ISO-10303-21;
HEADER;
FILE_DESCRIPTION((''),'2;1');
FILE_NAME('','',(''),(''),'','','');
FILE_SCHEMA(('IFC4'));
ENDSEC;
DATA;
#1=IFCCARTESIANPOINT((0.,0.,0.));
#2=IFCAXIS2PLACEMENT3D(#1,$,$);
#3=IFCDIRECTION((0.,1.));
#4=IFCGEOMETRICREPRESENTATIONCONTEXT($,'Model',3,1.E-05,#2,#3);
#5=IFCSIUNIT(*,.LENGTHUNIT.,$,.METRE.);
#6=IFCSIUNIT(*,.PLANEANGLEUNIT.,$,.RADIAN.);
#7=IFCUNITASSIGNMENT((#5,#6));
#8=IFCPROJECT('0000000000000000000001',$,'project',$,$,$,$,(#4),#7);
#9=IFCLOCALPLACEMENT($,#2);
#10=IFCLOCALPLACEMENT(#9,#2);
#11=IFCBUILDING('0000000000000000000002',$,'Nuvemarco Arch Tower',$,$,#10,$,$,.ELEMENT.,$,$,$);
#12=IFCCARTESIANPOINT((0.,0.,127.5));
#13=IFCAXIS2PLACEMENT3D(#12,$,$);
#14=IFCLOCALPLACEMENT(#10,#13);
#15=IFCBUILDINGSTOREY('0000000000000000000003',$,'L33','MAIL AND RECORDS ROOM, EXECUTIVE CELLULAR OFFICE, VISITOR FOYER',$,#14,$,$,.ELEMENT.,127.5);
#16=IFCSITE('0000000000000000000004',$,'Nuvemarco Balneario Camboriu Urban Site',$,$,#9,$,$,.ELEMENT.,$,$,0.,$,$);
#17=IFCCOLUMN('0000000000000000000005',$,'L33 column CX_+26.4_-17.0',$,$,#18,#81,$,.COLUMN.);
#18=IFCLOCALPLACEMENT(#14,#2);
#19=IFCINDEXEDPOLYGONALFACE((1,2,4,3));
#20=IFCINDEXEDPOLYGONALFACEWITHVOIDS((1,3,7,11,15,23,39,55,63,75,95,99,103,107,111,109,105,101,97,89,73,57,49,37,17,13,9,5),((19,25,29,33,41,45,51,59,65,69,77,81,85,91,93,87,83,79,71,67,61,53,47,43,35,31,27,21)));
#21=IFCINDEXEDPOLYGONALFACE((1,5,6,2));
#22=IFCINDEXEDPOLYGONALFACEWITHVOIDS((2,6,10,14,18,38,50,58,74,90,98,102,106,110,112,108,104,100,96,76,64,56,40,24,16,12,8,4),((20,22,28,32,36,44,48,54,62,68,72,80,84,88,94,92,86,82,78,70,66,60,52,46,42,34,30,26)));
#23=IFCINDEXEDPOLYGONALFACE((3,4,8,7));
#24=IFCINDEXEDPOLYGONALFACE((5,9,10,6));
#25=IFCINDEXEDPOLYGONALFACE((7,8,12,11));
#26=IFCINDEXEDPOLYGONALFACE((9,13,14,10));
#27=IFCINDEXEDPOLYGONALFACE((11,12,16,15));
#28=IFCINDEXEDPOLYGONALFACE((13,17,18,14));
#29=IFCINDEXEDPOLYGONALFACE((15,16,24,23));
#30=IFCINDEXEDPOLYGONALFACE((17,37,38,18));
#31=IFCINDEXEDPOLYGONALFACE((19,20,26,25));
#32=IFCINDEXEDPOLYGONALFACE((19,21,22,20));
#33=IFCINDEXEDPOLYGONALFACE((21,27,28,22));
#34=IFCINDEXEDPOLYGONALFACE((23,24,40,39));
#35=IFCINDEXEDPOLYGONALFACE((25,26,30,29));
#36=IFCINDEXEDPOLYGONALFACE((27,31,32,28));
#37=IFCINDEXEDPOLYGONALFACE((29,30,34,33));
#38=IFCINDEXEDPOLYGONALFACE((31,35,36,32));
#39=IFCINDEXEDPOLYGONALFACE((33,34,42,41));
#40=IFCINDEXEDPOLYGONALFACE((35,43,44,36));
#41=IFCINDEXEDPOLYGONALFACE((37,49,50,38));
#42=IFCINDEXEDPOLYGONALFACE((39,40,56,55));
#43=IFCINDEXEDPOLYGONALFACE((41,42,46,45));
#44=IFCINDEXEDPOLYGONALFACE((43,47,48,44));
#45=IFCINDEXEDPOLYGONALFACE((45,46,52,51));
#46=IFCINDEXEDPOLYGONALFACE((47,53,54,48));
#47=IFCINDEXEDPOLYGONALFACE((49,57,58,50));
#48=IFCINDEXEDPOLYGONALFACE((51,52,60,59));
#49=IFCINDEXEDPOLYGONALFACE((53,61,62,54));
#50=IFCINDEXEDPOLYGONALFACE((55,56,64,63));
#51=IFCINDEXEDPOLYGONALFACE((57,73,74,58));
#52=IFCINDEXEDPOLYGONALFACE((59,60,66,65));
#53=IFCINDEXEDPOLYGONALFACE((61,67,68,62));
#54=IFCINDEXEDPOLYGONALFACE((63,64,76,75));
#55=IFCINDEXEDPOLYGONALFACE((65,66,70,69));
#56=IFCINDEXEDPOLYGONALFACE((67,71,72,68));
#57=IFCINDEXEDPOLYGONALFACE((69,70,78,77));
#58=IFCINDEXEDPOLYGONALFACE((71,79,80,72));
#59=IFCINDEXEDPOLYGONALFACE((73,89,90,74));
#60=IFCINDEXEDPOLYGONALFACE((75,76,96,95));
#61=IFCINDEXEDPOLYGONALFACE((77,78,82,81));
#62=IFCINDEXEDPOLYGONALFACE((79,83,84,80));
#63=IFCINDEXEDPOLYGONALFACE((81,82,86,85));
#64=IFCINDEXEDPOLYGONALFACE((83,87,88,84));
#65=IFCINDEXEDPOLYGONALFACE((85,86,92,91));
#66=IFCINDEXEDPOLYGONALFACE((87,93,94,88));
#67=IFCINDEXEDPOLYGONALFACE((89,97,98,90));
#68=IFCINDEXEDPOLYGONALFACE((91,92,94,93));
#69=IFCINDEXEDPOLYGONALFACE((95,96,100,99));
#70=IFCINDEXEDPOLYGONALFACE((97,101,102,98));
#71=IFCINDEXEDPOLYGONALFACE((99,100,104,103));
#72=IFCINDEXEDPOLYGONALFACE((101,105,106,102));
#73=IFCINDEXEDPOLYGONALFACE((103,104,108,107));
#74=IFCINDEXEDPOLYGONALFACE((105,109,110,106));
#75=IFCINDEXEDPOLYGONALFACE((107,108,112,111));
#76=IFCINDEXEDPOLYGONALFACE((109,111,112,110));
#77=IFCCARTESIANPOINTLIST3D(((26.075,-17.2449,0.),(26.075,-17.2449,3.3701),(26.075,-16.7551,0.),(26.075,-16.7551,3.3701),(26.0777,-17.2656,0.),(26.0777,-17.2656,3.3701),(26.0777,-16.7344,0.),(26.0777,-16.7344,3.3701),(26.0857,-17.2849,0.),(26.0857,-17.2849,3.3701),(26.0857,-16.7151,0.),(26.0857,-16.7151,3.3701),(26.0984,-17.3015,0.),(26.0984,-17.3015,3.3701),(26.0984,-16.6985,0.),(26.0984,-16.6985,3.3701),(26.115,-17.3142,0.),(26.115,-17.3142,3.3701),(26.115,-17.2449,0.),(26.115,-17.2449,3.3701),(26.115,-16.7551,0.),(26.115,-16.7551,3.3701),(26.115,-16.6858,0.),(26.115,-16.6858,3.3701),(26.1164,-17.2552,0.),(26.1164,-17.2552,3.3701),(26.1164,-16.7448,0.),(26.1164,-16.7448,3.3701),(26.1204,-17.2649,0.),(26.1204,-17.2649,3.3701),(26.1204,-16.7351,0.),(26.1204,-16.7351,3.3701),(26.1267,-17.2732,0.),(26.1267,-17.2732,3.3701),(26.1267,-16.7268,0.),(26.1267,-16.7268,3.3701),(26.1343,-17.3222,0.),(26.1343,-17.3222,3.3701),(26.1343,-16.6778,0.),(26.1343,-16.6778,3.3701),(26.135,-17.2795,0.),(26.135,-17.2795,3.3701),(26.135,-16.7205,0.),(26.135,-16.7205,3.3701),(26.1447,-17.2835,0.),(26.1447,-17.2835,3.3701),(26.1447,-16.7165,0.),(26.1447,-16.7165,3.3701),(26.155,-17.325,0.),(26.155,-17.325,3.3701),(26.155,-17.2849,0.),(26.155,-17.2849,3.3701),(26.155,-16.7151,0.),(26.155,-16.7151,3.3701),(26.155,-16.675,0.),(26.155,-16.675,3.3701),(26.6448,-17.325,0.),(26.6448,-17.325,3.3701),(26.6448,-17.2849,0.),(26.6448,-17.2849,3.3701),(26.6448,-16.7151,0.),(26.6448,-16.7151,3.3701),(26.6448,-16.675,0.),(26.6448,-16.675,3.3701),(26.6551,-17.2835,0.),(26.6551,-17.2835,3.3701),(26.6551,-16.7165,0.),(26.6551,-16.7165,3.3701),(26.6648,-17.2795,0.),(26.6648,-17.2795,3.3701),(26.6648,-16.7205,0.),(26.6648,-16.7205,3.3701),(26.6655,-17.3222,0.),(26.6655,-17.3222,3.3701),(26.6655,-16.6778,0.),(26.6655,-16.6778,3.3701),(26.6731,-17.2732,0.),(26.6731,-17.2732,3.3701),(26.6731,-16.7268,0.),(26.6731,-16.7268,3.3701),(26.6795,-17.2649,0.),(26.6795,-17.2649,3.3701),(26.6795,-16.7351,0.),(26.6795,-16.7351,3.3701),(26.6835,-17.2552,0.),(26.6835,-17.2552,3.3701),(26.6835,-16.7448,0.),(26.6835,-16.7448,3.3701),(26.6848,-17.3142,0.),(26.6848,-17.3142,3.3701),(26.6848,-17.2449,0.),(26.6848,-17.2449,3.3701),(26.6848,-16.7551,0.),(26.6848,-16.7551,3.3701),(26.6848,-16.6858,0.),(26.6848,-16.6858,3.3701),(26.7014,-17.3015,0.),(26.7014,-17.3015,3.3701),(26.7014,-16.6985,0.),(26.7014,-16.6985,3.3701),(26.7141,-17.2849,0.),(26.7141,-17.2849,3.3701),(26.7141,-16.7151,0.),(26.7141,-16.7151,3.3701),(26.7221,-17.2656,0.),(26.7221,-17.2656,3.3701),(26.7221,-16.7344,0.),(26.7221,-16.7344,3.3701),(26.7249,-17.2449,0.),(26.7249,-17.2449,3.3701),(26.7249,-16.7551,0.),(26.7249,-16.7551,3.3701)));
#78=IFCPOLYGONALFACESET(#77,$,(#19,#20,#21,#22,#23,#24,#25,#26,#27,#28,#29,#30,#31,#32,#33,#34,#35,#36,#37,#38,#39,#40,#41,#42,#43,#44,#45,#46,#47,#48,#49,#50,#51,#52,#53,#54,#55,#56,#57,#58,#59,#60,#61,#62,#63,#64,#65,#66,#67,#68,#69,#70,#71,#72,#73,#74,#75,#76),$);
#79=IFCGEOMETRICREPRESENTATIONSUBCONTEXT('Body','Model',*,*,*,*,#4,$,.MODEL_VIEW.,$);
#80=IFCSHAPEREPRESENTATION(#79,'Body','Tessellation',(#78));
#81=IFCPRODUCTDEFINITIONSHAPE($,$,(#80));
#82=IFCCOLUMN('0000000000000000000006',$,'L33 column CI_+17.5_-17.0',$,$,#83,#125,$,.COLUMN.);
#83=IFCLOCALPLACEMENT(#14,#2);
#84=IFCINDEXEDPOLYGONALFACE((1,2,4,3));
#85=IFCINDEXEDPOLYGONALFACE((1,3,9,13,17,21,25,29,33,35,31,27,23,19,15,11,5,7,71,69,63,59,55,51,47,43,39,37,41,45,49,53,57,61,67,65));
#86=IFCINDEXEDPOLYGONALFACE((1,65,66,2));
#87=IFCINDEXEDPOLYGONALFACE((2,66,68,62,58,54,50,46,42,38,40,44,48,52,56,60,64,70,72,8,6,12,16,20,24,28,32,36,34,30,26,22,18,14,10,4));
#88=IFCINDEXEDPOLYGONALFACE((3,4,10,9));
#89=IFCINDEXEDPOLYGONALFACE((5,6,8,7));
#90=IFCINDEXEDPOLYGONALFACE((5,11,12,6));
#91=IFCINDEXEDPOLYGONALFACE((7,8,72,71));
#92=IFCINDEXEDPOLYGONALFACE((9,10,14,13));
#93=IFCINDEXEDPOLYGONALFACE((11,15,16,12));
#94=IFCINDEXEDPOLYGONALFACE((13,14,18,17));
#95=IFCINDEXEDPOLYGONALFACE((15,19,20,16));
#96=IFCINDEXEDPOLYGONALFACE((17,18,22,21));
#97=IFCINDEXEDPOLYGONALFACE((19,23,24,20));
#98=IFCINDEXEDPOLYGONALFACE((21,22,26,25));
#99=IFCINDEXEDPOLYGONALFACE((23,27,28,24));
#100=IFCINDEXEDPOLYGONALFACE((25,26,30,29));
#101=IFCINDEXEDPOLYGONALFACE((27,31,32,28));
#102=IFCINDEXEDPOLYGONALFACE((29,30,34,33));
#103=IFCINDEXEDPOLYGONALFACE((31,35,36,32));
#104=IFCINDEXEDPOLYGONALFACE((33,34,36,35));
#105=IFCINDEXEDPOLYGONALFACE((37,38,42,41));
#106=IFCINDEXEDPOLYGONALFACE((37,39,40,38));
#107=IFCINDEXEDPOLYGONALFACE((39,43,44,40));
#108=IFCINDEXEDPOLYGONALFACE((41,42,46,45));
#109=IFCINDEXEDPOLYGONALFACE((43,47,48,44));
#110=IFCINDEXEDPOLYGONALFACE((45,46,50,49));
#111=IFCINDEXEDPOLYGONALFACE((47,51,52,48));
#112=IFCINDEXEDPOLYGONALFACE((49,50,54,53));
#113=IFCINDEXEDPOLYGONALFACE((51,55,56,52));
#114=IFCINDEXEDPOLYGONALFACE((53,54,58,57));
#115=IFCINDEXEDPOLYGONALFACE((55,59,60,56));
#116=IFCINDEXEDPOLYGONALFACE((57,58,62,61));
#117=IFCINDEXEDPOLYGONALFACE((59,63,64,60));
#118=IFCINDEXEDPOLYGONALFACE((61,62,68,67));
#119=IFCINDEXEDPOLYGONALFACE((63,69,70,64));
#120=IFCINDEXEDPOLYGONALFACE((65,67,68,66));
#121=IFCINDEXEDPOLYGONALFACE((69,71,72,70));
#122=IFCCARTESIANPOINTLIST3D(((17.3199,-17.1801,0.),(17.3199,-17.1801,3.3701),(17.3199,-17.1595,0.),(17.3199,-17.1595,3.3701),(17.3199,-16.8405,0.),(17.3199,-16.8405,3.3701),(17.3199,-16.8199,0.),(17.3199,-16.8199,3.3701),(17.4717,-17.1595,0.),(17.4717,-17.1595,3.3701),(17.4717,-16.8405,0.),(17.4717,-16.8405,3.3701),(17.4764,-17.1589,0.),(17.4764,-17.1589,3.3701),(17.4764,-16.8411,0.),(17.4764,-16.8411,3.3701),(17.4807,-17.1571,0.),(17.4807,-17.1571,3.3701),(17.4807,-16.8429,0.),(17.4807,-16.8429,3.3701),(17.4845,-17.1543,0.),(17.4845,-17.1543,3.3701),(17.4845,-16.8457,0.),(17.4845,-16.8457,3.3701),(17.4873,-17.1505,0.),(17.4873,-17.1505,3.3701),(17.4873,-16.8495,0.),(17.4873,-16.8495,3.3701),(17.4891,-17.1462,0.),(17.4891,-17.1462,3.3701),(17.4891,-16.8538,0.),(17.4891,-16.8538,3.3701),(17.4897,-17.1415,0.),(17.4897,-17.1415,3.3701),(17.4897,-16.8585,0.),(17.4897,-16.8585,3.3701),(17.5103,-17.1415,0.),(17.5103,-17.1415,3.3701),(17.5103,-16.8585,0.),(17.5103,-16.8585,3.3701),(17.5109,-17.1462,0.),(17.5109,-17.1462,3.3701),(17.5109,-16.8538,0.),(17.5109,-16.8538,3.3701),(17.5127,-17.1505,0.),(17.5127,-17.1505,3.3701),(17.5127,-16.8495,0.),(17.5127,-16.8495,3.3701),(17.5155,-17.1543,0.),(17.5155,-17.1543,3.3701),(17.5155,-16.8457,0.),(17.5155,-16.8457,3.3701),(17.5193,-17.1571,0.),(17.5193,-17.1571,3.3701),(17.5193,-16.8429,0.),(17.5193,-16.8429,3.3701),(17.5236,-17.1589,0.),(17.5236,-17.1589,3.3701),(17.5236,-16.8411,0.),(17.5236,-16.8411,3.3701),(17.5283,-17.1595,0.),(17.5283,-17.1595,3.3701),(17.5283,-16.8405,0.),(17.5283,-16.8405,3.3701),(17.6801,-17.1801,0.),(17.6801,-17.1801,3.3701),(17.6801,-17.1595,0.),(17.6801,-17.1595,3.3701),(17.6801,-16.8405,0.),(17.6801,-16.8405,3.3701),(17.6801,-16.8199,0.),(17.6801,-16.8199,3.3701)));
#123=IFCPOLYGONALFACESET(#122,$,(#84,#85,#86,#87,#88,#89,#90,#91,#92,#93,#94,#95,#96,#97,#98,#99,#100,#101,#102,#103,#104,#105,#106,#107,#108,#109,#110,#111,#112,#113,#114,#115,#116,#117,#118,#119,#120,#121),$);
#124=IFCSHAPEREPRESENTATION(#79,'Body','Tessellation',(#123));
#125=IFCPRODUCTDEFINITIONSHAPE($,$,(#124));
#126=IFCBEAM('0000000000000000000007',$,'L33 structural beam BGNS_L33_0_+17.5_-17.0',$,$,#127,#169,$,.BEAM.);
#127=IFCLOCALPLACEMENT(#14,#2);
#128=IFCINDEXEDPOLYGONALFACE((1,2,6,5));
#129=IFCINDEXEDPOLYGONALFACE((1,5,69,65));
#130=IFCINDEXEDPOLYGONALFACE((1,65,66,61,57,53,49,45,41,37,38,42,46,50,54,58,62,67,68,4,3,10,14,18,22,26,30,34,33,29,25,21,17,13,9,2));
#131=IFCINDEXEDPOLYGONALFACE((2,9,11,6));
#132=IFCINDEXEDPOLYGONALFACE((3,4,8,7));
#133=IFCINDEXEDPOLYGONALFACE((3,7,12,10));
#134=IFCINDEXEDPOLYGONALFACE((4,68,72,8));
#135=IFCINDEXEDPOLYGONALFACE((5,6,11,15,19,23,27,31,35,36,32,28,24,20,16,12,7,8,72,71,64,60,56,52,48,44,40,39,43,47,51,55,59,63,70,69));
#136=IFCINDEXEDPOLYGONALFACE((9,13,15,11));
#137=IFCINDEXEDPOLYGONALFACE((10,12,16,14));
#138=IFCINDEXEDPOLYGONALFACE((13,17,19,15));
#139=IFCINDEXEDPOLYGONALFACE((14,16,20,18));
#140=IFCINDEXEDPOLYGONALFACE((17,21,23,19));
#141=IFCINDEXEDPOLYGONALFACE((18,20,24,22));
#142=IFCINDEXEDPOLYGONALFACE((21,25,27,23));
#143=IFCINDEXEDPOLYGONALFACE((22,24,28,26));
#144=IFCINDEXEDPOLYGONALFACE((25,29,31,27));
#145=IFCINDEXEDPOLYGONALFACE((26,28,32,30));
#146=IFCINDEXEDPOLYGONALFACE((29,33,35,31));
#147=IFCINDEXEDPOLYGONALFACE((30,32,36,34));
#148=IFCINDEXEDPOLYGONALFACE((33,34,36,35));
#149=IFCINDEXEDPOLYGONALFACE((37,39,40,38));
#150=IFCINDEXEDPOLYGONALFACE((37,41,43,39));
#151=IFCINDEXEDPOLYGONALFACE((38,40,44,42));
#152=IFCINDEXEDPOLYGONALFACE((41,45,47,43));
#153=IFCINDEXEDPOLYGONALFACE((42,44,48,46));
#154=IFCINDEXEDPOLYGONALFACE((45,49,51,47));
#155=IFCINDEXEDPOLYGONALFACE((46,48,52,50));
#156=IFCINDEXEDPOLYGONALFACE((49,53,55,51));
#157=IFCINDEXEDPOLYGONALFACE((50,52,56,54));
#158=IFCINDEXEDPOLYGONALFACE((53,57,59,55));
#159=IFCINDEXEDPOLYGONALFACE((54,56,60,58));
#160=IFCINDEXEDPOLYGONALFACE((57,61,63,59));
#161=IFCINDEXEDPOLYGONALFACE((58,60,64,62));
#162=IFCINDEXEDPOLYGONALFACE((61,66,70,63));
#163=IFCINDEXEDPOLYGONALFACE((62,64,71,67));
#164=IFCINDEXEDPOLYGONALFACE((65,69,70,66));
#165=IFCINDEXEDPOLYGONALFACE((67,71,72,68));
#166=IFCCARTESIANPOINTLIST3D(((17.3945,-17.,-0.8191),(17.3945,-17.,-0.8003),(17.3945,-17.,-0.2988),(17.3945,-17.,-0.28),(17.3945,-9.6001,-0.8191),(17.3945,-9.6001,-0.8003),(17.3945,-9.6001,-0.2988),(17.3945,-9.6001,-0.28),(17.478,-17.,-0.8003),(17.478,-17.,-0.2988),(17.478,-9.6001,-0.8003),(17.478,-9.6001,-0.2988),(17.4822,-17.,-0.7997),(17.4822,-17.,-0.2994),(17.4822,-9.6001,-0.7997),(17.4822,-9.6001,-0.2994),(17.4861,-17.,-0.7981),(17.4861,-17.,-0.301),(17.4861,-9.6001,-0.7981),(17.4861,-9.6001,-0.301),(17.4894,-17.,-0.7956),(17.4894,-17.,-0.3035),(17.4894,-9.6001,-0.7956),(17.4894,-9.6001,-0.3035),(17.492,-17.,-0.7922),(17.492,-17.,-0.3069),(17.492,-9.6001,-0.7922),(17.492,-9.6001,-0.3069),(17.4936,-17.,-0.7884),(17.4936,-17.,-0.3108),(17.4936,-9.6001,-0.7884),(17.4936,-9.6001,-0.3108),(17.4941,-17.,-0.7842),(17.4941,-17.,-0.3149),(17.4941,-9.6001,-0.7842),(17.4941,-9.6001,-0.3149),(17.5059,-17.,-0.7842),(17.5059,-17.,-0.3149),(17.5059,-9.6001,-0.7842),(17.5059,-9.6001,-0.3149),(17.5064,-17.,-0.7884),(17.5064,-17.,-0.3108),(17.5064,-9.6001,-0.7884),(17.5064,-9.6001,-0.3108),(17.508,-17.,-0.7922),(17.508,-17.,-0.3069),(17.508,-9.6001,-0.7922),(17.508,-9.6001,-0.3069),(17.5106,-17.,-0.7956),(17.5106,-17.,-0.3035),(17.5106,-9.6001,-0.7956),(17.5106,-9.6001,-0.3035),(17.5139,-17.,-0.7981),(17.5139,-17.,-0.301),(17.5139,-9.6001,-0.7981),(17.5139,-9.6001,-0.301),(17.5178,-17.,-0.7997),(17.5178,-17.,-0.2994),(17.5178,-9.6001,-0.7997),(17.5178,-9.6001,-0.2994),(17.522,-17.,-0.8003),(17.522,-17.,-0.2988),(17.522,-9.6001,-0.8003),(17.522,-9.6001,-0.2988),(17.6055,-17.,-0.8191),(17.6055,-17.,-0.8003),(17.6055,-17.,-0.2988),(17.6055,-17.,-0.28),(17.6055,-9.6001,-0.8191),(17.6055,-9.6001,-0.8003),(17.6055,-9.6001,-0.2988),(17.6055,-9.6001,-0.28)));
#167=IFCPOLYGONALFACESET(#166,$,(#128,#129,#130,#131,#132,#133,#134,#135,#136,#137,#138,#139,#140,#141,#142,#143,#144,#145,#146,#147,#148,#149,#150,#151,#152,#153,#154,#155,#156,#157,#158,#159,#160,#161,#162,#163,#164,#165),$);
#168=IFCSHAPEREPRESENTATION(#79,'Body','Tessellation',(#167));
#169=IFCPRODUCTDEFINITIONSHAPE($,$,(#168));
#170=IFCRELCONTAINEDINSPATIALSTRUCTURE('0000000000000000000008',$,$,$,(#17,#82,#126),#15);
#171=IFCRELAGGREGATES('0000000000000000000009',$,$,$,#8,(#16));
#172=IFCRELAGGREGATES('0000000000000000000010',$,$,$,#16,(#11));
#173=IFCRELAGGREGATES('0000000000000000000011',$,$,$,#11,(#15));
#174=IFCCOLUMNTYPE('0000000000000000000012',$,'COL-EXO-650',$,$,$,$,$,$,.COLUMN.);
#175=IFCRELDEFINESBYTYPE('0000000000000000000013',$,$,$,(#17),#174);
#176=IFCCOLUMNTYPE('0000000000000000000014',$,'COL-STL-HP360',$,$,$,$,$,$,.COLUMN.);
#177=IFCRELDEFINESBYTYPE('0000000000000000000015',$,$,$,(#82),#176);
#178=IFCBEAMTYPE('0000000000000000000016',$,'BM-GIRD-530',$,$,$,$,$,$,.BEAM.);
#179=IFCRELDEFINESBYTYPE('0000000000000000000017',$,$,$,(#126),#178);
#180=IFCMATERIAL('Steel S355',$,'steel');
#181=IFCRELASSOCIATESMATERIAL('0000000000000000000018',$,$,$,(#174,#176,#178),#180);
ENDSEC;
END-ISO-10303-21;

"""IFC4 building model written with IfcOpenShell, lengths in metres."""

from ifc_helpers import new_model, si_unit, direction, frame, origin, origin_2d, place, context, subcontext, project, spatial, hollow_rectangle, i_section, extrude, material, material_profile, profile_set, type_object, element, save


model = new_model("IFC4")

# Units and contexts
model_context = context("Model", 3, precision=1e-05, world=origin(), true_north=direction((0.0, 1.0)))
body_context = subcontext(model_context, "Body", "Model", "MODEL_VIEW")
ifc_project = project(units=[si_unit("LENGTHUNIT", "METRE"), si_unit("PLANEANGLEUNIT", "RADIAN")], contexts=[model_context])

# Site, building, storey
site_placement = place(None, origin())
site = spatial("IfcSite", under=ifc_project, at=site_placement, Name="Nuvemarco Balneario Camboriu Urban Site", CompositionType="ELEMENT", RefElevation=0.0)
building_placement = place(site_placement, origin())
building = spatial("IfcBuilding", under=site, at=building_placement, Name="Nuvemarco Arch Tower", CompositionType="ELEMENT")
storey_placement = place(building_placement, frame((0.0, 0.0, 127.5)))
storey = spatial("IfcBuildingStorey", under=building, at=storey_placement, Name="L33", Description="MAIL AND RECORDS ROOM, EXECUTIVE CELLULAR OFFICE, VISITOR FOYER", CompositionType="ELEMENT", Elevation=127.5)

# Columns
ifc_material_1 = material(Name="Steel S355", Category="steel")
ifc_material_profile_1 = material_profile(ifc_material_1, hollow_rectangle(XDim=0.6499, YDim=0.6499, WallThickness=0.04, InnerFilletRadius=0.04, OuterFilletRadius=0.0801, at=origin_2d()), Name="SHS650x650x40")
ifc_profile_set_1 = profile_set([ifc_material_profile_1], Name="Steel S355")
column_type_1 = type_object("IfcColumnType", Name="COL-EXO-650", PredefinedType="COLUMN", material=ifc_profile_set_1)
column_1_placement = place(storey_placement, frame((26.3999, -17.0, 0.0), z_axis=(0.0, 0.0, 1.0), x_axis=(1.0, 0.0, 0.0)))
element("IfcColumn", 1, at=column_1_placement, inside=storey, type_object=column_type_1, Name="L33 column CX_+26.4_-17.0", PredefinedType="COLUMN", context=body_context, shape_type="SweptSolid", body=[
    extrude(hollow_rectangle(XDim=0.6499, YDim=0.6499, WallThickness=0.04, InnerFilletRadius=0.04, OuterFilletRadius=0.0801, at=origin_2d()), origin(), (0.0, 0.0, 1.0), 3.3701),
])
ifc_material_profile_2 = material_profile(ifc_material_1, i_section(OverallWidth=0.3601, OverallDepth=0.3601, WebThickness=0.0205, FlangeThickness=0.0205, FilletRadius=0.0181, at=origin_2d()), Name="HP360x174")
ifc_profile_set_2 = profile_set([ifc_material_profile_2], Name="Steel S355")
column_type_2 = type_object("IfcColumnType", Name="COL-STL-HP360", PredefinedType="COLUMN", material=ifc_profile_set_2)
column_2_placement = place(storey_placement, frame((17.5, -17.0, 0.0), z_axis=(0.0, 0.0, 1.0), x_axis=(1.0, 0.0, 0.0)))
element("IfcColumn", 2, at=column_2_placement, inside=storey, type_object=column_type_2, Name="L33 column CI_+17.5_-17.0", PredefinedType="COLUMN", context=body_context, shape_type="SweptSolid", body=[
    extrude(i_section(OverallWidth=0.3601, OverallDepth=0.3601, WebThickness=0.0205, FlangeThickness=0.0205, FilletRadius=0.0181, at=origin_2d()), origin(), (0.0, 0.0, 1.0), 3.3701),
])

# Beam
ifc_material_profile_3 = material_profile(ifc_material_1, i_section(OverallWidth=0.2109, OverallDepth=0.5391, WebThickness=0.0117, FlangeThickness=0.0188, FilletRadius=0.0161, at=origin_2d()), Name="W530x109")
ifc_profile_set_3 = profile_set([ifc_material_profile_3], Name="Steel S355")
beam_type_1 = type_object("IfcBeamType", Name="BM-GIRD-530", PredefinedType="BEAM", material=ifc_profile_set_3)
beam_1_placement = place(storey_placement, frame((17.5, -17.0, -0.5496), z_axis=(0.0, 1.0, 0.0), x_axis=(-1.0, 0.0, 0.0)))
element("IfcBeam", 3, at=beam_1_placement, inside=storey, type_object=beam_type_1, Name="L33 structural beam BGNS_L33_0_+17.5_-17.0", PredefinedType="BEAM", context=body_context, shape_type="SweptSolid", body=[
    extrude(i_section(OverallWidth=0.2109, OverallDepth=0.5391, WebThickness=0.0117, FlangeThickness=0.0188, FilletRadius=0.0161, at=origin_2d()), origin(), (0.0, 0.0, 1.0), 7.3999),
])

save(model, "model.ifc")
